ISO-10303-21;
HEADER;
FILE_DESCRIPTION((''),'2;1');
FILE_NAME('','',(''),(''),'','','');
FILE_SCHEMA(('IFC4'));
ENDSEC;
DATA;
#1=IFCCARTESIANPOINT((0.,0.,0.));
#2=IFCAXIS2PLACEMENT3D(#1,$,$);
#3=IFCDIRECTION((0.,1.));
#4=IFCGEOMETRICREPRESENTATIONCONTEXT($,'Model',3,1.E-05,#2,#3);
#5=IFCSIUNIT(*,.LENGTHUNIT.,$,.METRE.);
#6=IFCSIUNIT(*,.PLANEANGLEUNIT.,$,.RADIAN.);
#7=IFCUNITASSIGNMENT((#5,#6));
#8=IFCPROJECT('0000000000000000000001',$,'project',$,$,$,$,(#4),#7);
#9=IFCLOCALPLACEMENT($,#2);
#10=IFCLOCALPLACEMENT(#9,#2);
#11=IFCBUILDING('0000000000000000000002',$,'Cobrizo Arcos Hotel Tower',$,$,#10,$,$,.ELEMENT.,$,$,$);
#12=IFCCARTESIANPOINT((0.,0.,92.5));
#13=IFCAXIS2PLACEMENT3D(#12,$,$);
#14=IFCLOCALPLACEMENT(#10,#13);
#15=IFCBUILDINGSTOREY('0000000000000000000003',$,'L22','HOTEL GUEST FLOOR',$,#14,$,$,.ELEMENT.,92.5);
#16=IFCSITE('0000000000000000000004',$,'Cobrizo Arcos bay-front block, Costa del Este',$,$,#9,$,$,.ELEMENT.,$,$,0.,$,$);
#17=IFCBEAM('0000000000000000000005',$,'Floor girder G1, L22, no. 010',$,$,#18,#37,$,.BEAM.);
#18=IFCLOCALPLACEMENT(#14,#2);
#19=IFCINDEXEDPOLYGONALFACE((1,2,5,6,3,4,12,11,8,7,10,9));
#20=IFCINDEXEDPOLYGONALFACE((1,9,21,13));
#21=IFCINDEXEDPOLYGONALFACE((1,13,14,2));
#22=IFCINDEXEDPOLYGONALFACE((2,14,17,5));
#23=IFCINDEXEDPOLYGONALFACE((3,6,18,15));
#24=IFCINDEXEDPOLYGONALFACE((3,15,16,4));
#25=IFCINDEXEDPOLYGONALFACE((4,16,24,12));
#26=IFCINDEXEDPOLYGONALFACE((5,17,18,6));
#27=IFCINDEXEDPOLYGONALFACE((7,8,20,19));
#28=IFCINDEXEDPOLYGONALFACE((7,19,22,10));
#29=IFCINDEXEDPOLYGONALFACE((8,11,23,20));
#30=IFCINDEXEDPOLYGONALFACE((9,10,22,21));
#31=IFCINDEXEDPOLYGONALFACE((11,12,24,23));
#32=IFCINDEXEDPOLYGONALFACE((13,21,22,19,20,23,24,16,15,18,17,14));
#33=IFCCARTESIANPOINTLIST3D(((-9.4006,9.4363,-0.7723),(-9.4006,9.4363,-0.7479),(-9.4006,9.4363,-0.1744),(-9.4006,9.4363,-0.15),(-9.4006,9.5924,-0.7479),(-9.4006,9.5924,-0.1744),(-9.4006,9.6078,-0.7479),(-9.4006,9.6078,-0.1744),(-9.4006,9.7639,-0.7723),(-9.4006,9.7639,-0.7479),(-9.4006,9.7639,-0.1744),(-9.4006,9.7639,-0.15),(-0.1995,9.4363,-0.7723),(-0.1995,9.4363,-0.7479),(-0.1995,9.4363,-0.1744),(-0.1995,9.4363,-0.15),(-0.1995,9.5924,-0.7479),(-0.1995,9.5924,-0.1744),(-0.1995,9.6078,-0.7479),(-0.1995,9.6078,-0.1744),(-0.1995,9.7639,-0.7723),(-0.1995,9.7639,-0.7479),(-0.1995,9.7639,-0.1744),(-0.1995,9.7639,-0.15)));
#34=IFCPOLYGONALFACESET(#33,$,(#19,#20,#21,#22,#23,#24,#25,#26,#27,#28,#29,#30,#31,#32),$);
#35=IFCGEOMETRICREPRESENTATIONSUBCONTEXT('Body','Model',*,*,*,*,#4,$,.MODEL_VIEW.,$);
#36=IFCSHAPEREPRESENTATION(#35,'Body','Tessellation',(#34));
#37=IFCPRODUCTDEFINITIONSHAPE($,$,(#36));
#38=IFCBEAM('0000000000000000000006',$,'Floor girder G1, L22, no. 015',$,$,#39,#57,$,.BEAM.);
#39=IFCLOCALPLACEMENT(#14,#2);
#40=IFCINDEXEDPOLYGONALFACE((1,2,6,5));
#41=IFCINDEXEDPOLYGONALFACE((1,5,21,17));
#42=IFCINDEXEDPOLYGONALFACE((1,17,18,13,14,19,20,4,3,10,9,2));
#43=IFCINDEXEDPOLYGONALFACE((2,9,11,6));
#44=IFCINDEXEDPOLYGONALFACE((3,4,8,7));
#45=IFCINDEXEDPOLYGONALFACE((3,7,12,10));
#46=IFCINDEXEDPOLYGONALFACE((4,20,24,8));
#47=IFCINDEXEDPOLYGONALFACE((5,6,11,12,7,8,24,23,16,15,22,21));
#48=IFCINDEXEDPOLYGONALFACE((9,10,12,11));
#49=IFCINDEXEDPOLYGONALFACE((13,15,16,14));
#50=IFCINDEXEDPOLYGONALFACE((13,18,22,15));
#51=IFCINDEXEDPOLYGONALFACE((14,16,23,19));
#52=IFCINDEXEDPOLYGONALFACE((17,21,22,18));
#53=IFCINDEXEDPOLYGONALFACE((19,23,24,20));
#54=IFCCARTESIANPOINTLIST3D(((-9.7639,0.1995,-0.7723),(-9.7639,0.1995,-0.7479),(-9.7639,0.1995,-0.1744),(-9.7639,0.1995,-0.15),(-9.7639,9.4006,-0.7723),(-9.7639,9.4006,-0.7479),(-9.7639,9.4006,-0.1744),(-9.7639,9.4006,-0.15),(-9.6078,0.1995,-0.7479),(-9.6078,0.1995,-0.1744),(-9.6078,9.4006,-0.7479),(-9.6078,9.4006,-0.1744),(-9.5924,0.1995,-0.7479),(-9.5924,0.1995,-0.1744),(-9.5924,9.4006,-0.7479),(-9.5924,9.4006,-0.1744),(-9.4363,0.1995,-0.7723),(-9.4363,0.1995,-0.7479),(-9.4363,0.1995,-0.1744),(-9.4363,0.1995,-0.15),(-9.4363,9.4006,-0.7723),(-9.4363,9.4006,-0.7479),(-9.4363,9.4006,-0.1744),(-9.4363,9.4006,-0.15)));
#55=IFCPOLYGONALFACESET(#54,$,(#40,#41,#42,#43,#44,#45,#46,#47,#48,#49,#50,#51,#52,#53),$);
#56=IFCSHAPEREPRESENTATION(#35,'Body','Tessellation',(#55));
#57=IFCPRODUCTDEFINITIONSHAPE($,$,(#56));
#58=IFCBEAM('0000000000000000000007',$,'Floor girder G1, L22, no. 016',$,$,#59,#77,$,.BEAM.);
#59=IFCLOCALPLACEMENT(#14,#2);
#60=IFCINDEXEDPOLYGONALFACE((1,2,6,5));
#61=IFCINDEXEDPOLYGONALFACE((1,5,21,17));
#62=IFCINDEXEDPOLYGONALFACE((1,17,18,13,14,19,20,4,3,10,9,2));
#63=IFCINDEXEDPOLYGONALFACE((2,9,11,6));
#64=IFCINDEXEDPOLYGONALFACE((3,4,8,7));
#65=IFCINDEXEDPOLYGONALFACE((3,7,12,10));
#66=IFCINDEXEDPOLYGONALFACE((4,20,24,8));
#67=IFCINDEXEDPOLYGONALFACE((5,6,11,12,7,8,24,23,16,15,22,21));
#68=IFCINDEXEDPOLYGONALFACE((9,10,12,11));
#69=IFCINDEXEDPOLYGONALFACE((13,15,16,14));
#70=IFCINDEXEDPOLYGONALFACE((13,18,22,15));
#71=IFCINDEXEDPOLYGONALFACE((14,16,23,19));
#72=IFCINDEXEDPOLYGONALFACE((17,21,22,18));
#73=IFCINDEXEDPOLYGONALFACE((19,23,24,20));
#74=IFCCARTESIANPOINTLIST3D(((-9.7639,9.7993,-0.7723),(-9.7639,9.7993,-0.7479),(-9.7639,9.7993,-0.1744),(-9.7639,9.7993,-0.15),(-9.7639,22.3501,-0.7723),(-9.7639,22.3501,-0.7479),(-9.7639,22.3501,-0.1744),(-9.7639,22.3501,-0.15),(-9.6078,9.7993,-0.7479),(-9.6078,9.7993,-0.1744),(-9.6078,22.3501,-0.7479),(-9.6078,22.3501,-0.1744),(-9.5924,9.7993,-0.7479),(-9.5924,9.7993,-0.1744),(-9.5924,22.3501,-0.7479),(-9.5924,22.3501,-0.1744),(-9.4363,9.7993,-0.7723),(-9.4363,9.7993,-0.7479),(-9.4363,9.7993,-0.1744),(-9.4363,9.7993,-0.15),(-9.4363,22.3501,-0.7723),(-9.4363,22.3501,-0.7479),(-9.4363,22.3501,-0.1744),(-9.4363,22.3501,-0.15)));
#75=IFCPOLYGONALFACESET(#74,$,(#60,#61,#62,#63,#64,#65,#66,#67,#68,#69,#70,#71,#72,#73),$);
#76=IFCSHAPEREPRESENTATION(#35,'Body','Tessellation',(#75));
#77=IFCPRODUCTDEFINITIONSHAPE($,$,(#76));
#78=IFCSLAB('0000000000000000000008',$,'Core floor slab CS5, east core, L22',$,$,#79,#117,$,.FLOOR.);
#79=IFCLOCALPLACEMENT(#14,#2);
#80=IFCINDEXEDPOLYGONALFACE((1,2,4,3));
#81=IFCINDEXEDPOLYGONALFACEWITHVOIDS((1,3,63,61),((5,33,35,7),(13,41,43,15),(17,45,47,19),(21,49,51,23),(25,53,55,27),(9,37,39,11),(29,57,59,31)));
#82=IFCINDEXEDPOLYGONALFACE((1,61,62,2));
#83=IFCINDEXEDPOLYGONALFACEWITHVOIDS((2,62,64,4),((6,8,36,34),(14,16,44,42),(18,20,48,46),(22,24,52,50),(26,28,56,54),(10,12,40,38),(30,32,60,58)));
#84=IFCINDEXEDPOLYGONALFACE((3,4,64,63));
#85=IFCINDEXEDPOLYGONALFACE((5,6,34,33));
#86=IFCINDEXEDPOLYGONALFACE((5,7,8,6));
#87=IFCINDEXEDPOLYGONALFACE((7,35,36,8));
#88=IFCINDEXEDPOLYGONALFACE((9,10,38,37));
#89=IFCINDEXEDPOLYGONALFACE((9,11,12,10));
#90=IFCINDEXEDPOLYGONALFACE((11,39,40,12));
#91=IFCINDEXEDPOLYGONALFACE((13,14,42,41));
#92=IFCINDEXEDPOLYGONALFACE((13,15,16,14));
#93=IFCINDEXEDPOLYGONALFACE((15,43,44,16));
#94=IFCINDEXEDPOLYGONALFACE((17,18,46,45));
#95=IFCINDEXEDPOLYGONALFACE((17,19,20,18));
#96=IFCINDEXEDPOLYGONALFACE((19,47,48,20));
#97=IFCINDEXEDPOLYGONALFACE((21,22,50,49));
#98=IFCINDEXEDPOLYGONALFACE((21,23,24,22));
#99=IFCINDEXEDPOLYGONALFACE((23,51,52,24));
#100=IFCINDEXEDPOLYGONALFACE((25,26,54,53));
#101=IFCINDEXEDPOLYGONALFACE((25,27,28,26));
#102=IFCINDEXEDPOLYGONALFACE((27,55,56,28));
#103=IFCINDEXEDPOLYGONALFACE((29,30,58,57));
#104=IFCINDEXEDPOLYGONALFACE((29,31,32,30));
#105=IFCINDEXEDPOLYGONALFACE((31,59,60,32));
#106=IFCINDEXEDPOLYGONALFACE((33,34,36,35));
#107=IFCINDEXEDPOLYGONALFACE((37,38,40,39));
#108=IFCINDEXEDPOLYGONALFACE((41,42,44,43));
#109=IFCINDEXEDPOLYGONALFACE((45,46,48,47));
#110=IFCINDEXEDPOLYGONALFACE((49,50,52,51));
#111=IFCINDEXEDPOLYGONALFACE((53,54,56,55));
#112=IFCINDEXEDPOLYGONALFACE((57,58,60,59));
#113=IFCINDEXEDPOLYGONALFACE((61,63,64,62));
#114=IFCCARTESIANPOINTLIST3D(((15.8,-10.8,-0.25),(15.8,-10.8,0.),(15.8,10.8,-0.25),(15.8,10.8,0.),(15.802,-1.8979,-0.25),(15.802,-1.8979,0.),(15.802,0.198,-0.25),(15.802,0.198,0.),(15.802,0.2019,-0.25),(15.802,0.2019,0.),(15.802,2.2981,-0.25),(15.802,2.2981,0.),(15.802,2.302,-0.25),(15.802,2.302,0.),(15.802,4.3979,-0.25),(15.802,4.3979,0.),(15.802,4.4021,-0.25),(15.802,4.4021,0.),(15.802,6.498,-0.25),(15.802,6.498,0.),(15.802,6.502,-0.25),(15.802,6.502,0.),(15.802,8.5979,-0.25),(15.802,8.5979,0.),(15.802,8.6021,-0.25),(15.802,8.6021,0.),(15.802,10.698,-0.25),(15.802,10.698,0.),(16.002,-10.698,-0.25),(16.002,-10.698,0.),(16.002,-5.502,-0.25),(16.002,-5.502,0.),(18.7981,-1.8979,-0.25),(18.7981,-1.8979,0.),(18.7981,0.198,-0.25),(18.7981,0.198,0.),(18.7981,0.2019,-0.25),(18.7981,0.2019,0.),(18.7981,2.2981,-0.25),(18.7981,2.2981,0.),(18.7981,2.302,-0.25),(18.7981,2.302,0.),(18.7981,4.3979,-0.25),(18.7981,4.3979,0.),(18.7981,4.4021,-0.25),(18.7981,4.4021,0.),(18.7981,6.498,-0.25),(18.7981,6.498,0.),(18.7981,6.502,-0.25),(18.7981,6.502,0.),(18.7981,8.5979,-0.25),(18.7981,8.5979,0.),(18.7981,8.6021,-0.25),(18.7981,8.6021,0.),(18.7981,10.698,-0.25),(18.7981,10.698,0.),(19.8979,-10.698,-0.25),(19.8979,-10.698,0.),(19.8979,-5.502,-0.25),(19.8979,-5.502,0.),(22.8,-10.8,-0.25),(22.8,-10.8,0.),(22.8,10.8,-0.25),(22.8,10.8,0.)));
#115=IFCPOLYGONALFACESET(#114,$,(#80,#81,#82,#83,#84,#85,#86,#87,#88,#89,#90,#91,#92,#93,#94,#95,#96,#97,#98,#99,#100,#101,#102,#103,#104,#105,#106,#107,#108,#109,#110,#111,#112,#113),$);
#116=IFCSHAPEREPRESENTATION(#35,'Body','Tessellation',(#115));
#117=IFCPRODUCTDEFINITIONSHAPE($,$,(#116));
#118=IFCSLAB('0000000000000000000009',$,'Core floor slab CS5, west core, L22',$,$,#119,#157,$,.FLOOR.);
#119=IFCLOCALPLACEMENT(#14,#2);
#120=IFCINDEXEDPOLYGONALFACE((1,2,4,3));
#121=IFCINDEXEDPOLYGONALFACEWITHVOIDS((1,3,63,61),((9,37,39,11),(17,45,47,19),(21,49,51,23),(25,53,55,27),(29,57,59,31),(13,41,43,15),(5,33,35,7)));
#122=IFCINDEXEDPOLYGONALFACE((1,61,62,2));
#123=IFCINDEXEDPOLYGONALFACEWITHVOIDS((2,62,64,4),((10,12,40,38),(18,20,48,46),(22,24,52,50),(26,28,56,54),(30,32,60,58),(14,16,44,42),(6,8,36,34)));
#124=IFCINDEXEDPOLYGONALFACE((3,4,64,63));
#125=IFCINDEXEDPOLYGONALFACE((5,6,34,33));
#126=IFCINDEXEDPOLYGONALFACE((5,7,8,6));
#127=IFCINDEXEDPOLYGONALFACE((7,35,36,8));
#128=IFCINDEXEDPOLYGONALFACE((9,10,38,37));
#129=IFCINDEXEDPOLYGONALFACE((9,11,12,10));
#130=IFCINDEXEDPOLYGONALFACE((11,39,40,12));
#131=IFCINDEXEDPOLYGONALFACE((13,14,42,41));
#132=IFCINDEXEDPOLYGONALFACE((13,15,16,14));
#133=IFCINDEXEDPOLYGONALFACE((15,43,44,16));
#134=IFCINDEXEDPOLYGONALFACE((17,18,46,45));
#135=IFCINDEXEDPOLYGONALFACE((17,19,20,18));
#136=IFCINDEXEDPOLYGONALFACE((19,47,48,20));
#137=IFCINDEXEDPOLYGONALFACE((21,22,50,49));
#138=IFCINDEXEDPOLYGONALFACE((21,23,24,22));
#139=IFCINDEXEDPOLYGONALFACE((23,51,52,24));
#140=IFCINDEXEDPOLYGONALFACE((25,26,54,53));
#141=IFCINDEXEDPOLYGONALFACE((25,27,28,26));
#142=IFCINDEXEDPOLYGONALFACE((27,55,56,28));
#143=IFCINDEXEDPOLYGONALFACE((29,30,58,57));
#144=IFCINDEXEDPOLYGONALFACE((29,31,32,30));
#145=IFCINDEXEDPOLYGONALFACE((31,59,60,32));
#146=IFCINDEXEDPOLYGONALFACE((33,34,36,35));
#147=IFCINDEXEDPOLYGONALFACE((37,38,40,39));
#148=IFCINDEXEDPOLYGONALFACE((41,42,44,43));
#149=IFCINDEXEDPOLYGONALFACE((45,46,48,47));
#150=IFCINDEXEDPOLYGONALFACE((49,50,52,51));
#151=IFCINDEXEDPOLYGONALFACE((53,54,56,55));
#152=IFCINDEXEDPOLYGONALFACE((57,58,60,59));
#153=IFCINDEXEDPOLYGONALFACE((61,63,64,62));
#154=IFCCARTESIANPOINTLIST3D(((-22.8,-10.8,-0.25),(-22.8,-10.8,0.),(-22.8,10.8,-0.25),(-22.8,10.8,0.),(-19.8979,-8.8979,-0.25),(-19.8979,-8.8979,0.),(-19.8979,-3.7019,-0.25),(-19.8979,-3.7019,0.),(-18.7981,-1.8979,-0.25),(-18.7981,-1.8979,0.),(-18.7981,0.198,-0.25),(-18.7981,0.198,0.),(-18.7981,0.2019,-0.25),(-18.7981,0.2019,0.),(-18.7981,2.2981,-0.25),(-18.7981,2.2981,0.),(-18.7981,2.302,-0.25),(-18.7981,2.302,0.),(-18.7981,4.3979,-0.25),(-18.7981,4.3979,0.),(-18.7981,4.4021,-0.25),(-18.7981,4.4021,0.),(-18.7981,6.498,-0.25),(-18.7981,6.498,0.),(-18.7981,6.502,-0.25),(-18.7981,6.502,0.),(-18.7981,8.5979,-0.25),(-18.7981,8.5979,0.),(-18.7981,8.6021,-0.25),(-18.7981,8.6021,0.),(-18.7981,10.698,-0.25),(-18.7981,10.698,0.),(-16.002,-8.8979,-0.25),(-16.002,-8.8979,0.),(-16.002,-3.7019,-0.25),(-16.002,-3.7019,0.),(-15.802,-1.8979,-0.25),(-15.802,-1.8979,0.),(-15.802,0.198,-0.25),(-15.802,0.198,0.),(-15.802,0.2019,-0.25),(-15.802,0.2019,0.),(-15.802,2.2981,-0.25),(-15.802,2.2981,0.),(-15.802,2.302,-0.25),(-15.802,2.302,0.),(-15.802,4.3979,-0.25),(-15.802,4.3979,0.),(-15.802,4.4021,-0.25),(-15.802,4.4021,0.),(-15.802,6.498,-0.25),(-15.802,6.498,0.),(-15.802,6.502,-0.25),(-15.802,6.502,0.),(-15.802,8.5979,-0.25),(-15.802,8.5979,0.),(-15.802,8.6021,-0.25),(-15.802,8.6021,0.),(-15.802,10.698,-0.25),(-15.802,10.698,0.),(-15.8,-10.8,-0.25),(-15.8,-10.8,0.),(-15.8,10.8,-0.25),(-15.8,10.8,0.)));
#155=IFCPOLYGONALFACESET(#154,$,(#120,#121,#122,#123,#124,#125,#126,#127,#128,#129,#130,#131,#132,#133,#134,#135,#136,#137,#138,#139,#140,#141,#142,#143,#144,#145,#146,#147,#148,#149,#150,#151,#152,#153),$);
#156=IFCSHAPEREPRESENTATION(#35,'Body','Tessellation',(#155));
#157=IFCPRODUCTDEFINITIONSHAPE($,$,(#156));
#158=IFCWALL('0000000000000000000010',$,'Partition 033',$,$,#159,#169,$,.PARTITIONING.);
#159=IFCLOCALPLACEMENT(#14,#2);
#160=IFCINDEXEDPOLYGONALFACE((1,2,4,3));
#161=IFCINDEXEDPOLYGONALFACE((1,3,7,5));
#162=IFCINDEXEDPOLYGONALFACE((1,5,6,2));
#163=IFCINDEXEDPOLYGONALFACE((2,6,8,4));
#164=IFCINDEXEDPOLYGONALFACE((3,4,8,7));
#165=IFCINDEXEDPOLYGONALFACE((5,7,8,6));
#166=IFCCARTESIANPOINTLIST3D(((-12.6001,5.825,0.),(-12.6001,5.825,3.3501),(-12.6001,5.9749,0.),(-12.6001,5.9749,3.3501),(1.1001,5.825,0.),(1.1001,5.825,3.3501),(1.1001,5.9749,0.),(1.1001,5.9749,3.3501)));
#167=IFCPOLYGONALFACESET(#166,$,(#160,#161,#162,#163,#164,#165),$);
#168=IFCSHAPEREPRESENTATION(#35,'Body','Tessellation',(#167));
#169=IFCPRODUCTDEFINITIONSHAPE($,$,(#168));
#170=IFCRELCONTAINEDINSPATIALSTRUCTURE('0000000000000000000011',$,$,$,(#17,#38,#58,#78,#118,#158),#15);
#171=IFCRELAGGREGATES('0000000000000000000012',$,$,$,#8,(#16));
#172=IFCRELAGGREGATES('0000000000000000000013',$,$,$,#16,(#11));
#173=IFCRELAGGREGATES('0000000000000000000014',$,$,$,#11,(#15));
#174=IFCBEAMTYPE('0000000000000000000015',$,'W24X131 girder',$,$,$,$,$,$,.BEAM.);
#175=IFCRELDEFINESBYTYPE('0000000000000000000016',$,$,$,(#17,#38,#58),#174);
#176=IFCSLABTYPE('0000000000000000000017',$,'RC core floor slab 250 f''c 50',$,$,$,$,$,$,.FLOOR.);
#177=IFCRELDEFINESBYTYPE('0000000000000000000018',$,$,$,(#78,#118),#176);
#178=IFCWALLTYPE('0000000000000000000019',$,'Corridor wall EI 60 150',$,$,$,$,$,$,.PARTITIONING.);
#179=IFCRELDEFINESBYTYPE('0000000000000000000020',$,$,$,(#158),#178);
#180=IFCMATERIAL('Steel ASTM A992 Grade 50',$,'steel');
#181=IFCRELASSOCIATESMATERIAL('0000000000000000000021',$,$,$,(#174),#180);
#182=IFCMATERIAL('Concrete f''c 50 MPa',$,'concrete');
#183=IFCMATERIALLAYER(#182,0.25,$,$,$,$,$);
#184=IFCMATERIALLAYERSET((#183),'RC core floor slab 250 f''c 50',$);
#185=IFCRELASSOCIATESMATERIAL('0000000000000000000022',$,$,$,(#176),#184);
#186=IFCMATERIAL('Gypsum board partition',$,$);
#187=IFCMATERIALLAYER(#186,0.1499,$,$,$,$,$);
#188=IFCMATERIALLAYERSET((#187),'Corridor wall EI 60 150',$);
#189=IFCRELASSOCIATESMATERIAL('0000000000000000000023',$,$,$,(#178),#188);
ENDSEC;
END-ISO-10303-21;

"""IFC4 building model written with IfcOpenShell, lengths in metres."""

from ifc_helpers import new_model, si_unit, direction, frame, frame_2d, origin, origin_2d, place, context, subcontext, project, spatial, polyline, rectangle, i_section, outline, extrude, material, layer, layer_set, material_profile, profile_set, type_object, element, save


model = new_model("IFC4")

# Units and contexts
model_context = context("Model", 3, precision=1e-05, world=origin(), true_north=direction((0.0, 1.0)))
body_context = subcontext(model_context, "Body", "Model", "MODEL_VIEW")
ifc_project = project(units=[si_unit("LENGTHUNIT", "METRE"), si_unit("PLANEANGLEUNIT", "RADIAN")], contexts=[model_context])

# Site, building, storey
site_placement = place(None, origin())
site = spatial("IfcSite", under=ifc_project, at=site_placement, Name="Cobrizo Arcos bay-front block, Costa del Este", CompositionType="ELEMENT", RefElevation=0.0)
building_placement = place(site_placement, origin())
building = spatial("IfcBuilding", under=site, at=building_placement, Name="Cobrizo Arcos Hotel Tower", CompositionType="ELEMENT")
storey_placement = place(building_placement, frame((0.0, 0.0, 92.5)))
storey = spatial("IfcBuildingStorey", under=building, at=storey_placement, Name="L22", Description="HOTEL GUEST FLOOR", CompositionType="ELEMENT", Elevation=92.5)

# Shared definitions
ifc_material_1 = material(Name="Steel ASTM A992 Grade 50", Category="steel")

# Beams
ifc_material_profile_1 = material_profile(ifc_material_1, i_section(OverallWidth=0.3276, OverallDepth=0.6223, WebThickness=0.0154, FlangeThickness=0.0244, at=origin_2d()), Name="W24X131")
ifc_profile_set_1 = profile_set([ifc_material_profile_1], Name="Steel ASTM A992 Grade 50")
beam_type_1 = type_object("IfcBeamType", Name="W24X131 girder", PredefinedType="BEAM", material=ifc_profile_set_1)
for number, where, z_axis, x_axis, name in (
    (1, (-9.4006, 9.6001, -0.4612), (1.0, 0.0, 0.0), (0.0, 1.0, 0.0), "Floor girder G1, L22, no. 010"),
    (2, (-9.6001, 0.1995, -0.4612), (0.0, 1.0, 0.0), (-1.0, 0.0, 0.0), "Floor girder G1, L22, no. 015"),
):
    element("IfcBeam", number, at=place(storey_placement, frame(where, z_axis=z_axis, x_axis=x_axis)), inside=storey, type_object=beam_type_1, Name=name, PredefinedType="BEAM", context=body_context, shape_type="SweptSolid", body=[
        extrude(i_section(OverallWidth=0.3276, OverallDepth=0.6223, WebThickness=0.0154, FlangeThickness=0.0244, at=origin_2d()), origin(), (0.0, 0.0, 1.0), 9.2012),
    ])
beam_1_placement = place(storey_placement, frame((-9.6001, 9.7993, -0.4612), z_axis=(0.0, 1.0, 0.0), x_axis=(-1.0, 0.0, 0.0)))
element("IfcBeam", 3, at=beam_1_placement, inside=storey, type_object=beam_type_1, Name="Floor girder G1, L22, no. 016", PredefinedType="BEAM", context=body_context, shape_type="SweptSolid", body=[
    extrude(i_section(OverallWidth=0.3276, OverallDepth=0.6223, WebThickness=0.0154, FlangeThickness=0.0244, at=origin_2d()), origin(), (0.0, 0.0, 1.0), 12.5508),
])

# Slabs
ifc_material_2 = material(Name="Concrete f'c 50 MPa", Category="concrete")
ifc_layer_1 = layer(ifc_material_2, 0.25)
ifc_layer_set_1 = layer_set([ifc_layer_1], Name="RC core floor slab 250 f'c 50")
slab_type_1 = type_object("IfcSlabType", Name="RC core floor slab 250 f'c 50", PredefinedType="FLOOR", material=ifc_layer_set_1)
slab_1_placement = place(storey_placement, frame((0.0, 0.0, -0.25)))
element("IfcSlab", 4, at=slab_1_placement, inside=storey, type_object=slab_type_1, Name="Core floor slab CS5, east core, L22", PredefinedType="FLOOR", context=body_context, shape_type="SweptSolid", body=[
    extrude(outline(polyline([(15.8, 10.8), (22.8, 10.8), (22.8, -10.8), (15.8, -10.8), (15.8, 10.8)]), holes=[polyline([(19.8979, -10.698), (19.8979, -5.502), (16.002, -5.502), (16.002, -10.698), (19.8979, -10.698)]), polyline([(15.802, 0.198), (15.802, -1.8979), (18.7981, -1.8979), (18.7981, 0.198), (15.802, 0.198)]), polyline([(18.7981, 2.2981), (15.802, 2.2981), (15.802, 0.2019), (18.7981, 0.2019), (18.7981, 2.2981)]), polyline([(18.7981, 4.3979), (15.802, 4.3979), (15.802, 2.302), (18.7981, 2.302), (18.7981, 4.3979)]), polyline([(15.802, 6.498), (15.802, 4.4021), (18.7981, 4.4021), (18.7981, 6.498), (15.802, 6.498)]), polyline([(18.7981, 8.5979), (15.802, 8.5979), (15.802, 6.502), (18.7981, 6.502), (18.7981, 8.5979)]), polyline([(18.7981, 10.698), (15.802, 10.698), (15.802, 8.6021), (18.7981, 8.6021), (18.7981, 10.698)])]), origin(), (0.0, 0.0, 1.0), 0.25),
])
slab_2_placement = place(storey_placement, frame((0.0, 0.0, -0.25)))
element("IfcSlab", 5, at=slab_2_placement, inside=storey, type_object=slab_type_1, Name="Core floor slab CS5, west core, L22", PredefinedType="FLOOR", context=body_context, shape_type="SweptSolid", body=[
    extrude(outline(polyline([(-22.8, 10.8), (-15.8, 10.8), (-15.8, -10.8), (-22.8, -10.8), (-22.8, 10.8)]), holes=[polyline([(-19.8979, -3.7019), (-19.8979, -8.8979), (-16.002, -8.8979), (-16.002, -3.7019), (-19.8979, -3.7019)]), polyline([(-18.7981, 0.198), (-18.7981, -1.8979), (-15.802, -1.8979), (-15.802, 0.198), (-18.7981, 0.198)]), polyline([(-15.802, 2.2981), (-18.7981, 2.2981), (-18.7981, 0.2019), (-15.802, 0.2019), (-15.802, 2.2981)]), polyline([(-15.802, 4.3979), (-18.7981, 4.3979), (-18.7981, 2.302), (-15.802, 2.302), (-15.802, 4.3979)]), polyline([(-18.7981, 6.498), (-18.7981, 4.4021), (-15.802, 4.4021), (-15.802, 6.498), (-18.7981, 6.498)]), polyline([(-15.802, 8.5979), (-18.7981, 8.5979), (-18.7981, 6.502), (-15.802, 6.502), (-15.802, 8.5979)]), polyline([(-15.802, 10.698), (-18.7981, 10.698), (-18.7981, 8.6021), (-15.802, 8.6021), (-15.802, 10.698)])]), origin(), (0.0, 0.0, 1.0), 0.25),
])

# Wall
ifc_material_3 = material(Name="Gypsum board partition")
ifc_layer_2 = layer(ifc_material_3, 0.1499)
ifc_layer_set_2 = layer_set([ifc_layer_2], Name="Corridor wall EI 60 150")
wall_type_1 = type_object("IfcWallType", Name="Corridor wall EI 60 150", PredefinedType="PARTITIONING", material=ifc_layer_set_2)
wall_1_placement = place(storey_placement, frame((-12.6001, 5.8999, 0.0), z_axis=(0.0, 0.0, 1.0), x_axis=(1.0, 0.0, 0.0)))
element("IfcWall", 6, at=wall_1_placement, inside=storey, type_object=wall_type_1, Name="Partition 033", PredefinedType="PARTITIONING", context=body_context, shape_type="SweptSolid", body=[
    extrude(rectangle(XDim=13.7002, YDim=0.1499, at=frame_2d((6.8501, 0.0))), origin(), (0.0, 0.0, 1.0), 3.3501),
])

save(model, "model.ifc")
